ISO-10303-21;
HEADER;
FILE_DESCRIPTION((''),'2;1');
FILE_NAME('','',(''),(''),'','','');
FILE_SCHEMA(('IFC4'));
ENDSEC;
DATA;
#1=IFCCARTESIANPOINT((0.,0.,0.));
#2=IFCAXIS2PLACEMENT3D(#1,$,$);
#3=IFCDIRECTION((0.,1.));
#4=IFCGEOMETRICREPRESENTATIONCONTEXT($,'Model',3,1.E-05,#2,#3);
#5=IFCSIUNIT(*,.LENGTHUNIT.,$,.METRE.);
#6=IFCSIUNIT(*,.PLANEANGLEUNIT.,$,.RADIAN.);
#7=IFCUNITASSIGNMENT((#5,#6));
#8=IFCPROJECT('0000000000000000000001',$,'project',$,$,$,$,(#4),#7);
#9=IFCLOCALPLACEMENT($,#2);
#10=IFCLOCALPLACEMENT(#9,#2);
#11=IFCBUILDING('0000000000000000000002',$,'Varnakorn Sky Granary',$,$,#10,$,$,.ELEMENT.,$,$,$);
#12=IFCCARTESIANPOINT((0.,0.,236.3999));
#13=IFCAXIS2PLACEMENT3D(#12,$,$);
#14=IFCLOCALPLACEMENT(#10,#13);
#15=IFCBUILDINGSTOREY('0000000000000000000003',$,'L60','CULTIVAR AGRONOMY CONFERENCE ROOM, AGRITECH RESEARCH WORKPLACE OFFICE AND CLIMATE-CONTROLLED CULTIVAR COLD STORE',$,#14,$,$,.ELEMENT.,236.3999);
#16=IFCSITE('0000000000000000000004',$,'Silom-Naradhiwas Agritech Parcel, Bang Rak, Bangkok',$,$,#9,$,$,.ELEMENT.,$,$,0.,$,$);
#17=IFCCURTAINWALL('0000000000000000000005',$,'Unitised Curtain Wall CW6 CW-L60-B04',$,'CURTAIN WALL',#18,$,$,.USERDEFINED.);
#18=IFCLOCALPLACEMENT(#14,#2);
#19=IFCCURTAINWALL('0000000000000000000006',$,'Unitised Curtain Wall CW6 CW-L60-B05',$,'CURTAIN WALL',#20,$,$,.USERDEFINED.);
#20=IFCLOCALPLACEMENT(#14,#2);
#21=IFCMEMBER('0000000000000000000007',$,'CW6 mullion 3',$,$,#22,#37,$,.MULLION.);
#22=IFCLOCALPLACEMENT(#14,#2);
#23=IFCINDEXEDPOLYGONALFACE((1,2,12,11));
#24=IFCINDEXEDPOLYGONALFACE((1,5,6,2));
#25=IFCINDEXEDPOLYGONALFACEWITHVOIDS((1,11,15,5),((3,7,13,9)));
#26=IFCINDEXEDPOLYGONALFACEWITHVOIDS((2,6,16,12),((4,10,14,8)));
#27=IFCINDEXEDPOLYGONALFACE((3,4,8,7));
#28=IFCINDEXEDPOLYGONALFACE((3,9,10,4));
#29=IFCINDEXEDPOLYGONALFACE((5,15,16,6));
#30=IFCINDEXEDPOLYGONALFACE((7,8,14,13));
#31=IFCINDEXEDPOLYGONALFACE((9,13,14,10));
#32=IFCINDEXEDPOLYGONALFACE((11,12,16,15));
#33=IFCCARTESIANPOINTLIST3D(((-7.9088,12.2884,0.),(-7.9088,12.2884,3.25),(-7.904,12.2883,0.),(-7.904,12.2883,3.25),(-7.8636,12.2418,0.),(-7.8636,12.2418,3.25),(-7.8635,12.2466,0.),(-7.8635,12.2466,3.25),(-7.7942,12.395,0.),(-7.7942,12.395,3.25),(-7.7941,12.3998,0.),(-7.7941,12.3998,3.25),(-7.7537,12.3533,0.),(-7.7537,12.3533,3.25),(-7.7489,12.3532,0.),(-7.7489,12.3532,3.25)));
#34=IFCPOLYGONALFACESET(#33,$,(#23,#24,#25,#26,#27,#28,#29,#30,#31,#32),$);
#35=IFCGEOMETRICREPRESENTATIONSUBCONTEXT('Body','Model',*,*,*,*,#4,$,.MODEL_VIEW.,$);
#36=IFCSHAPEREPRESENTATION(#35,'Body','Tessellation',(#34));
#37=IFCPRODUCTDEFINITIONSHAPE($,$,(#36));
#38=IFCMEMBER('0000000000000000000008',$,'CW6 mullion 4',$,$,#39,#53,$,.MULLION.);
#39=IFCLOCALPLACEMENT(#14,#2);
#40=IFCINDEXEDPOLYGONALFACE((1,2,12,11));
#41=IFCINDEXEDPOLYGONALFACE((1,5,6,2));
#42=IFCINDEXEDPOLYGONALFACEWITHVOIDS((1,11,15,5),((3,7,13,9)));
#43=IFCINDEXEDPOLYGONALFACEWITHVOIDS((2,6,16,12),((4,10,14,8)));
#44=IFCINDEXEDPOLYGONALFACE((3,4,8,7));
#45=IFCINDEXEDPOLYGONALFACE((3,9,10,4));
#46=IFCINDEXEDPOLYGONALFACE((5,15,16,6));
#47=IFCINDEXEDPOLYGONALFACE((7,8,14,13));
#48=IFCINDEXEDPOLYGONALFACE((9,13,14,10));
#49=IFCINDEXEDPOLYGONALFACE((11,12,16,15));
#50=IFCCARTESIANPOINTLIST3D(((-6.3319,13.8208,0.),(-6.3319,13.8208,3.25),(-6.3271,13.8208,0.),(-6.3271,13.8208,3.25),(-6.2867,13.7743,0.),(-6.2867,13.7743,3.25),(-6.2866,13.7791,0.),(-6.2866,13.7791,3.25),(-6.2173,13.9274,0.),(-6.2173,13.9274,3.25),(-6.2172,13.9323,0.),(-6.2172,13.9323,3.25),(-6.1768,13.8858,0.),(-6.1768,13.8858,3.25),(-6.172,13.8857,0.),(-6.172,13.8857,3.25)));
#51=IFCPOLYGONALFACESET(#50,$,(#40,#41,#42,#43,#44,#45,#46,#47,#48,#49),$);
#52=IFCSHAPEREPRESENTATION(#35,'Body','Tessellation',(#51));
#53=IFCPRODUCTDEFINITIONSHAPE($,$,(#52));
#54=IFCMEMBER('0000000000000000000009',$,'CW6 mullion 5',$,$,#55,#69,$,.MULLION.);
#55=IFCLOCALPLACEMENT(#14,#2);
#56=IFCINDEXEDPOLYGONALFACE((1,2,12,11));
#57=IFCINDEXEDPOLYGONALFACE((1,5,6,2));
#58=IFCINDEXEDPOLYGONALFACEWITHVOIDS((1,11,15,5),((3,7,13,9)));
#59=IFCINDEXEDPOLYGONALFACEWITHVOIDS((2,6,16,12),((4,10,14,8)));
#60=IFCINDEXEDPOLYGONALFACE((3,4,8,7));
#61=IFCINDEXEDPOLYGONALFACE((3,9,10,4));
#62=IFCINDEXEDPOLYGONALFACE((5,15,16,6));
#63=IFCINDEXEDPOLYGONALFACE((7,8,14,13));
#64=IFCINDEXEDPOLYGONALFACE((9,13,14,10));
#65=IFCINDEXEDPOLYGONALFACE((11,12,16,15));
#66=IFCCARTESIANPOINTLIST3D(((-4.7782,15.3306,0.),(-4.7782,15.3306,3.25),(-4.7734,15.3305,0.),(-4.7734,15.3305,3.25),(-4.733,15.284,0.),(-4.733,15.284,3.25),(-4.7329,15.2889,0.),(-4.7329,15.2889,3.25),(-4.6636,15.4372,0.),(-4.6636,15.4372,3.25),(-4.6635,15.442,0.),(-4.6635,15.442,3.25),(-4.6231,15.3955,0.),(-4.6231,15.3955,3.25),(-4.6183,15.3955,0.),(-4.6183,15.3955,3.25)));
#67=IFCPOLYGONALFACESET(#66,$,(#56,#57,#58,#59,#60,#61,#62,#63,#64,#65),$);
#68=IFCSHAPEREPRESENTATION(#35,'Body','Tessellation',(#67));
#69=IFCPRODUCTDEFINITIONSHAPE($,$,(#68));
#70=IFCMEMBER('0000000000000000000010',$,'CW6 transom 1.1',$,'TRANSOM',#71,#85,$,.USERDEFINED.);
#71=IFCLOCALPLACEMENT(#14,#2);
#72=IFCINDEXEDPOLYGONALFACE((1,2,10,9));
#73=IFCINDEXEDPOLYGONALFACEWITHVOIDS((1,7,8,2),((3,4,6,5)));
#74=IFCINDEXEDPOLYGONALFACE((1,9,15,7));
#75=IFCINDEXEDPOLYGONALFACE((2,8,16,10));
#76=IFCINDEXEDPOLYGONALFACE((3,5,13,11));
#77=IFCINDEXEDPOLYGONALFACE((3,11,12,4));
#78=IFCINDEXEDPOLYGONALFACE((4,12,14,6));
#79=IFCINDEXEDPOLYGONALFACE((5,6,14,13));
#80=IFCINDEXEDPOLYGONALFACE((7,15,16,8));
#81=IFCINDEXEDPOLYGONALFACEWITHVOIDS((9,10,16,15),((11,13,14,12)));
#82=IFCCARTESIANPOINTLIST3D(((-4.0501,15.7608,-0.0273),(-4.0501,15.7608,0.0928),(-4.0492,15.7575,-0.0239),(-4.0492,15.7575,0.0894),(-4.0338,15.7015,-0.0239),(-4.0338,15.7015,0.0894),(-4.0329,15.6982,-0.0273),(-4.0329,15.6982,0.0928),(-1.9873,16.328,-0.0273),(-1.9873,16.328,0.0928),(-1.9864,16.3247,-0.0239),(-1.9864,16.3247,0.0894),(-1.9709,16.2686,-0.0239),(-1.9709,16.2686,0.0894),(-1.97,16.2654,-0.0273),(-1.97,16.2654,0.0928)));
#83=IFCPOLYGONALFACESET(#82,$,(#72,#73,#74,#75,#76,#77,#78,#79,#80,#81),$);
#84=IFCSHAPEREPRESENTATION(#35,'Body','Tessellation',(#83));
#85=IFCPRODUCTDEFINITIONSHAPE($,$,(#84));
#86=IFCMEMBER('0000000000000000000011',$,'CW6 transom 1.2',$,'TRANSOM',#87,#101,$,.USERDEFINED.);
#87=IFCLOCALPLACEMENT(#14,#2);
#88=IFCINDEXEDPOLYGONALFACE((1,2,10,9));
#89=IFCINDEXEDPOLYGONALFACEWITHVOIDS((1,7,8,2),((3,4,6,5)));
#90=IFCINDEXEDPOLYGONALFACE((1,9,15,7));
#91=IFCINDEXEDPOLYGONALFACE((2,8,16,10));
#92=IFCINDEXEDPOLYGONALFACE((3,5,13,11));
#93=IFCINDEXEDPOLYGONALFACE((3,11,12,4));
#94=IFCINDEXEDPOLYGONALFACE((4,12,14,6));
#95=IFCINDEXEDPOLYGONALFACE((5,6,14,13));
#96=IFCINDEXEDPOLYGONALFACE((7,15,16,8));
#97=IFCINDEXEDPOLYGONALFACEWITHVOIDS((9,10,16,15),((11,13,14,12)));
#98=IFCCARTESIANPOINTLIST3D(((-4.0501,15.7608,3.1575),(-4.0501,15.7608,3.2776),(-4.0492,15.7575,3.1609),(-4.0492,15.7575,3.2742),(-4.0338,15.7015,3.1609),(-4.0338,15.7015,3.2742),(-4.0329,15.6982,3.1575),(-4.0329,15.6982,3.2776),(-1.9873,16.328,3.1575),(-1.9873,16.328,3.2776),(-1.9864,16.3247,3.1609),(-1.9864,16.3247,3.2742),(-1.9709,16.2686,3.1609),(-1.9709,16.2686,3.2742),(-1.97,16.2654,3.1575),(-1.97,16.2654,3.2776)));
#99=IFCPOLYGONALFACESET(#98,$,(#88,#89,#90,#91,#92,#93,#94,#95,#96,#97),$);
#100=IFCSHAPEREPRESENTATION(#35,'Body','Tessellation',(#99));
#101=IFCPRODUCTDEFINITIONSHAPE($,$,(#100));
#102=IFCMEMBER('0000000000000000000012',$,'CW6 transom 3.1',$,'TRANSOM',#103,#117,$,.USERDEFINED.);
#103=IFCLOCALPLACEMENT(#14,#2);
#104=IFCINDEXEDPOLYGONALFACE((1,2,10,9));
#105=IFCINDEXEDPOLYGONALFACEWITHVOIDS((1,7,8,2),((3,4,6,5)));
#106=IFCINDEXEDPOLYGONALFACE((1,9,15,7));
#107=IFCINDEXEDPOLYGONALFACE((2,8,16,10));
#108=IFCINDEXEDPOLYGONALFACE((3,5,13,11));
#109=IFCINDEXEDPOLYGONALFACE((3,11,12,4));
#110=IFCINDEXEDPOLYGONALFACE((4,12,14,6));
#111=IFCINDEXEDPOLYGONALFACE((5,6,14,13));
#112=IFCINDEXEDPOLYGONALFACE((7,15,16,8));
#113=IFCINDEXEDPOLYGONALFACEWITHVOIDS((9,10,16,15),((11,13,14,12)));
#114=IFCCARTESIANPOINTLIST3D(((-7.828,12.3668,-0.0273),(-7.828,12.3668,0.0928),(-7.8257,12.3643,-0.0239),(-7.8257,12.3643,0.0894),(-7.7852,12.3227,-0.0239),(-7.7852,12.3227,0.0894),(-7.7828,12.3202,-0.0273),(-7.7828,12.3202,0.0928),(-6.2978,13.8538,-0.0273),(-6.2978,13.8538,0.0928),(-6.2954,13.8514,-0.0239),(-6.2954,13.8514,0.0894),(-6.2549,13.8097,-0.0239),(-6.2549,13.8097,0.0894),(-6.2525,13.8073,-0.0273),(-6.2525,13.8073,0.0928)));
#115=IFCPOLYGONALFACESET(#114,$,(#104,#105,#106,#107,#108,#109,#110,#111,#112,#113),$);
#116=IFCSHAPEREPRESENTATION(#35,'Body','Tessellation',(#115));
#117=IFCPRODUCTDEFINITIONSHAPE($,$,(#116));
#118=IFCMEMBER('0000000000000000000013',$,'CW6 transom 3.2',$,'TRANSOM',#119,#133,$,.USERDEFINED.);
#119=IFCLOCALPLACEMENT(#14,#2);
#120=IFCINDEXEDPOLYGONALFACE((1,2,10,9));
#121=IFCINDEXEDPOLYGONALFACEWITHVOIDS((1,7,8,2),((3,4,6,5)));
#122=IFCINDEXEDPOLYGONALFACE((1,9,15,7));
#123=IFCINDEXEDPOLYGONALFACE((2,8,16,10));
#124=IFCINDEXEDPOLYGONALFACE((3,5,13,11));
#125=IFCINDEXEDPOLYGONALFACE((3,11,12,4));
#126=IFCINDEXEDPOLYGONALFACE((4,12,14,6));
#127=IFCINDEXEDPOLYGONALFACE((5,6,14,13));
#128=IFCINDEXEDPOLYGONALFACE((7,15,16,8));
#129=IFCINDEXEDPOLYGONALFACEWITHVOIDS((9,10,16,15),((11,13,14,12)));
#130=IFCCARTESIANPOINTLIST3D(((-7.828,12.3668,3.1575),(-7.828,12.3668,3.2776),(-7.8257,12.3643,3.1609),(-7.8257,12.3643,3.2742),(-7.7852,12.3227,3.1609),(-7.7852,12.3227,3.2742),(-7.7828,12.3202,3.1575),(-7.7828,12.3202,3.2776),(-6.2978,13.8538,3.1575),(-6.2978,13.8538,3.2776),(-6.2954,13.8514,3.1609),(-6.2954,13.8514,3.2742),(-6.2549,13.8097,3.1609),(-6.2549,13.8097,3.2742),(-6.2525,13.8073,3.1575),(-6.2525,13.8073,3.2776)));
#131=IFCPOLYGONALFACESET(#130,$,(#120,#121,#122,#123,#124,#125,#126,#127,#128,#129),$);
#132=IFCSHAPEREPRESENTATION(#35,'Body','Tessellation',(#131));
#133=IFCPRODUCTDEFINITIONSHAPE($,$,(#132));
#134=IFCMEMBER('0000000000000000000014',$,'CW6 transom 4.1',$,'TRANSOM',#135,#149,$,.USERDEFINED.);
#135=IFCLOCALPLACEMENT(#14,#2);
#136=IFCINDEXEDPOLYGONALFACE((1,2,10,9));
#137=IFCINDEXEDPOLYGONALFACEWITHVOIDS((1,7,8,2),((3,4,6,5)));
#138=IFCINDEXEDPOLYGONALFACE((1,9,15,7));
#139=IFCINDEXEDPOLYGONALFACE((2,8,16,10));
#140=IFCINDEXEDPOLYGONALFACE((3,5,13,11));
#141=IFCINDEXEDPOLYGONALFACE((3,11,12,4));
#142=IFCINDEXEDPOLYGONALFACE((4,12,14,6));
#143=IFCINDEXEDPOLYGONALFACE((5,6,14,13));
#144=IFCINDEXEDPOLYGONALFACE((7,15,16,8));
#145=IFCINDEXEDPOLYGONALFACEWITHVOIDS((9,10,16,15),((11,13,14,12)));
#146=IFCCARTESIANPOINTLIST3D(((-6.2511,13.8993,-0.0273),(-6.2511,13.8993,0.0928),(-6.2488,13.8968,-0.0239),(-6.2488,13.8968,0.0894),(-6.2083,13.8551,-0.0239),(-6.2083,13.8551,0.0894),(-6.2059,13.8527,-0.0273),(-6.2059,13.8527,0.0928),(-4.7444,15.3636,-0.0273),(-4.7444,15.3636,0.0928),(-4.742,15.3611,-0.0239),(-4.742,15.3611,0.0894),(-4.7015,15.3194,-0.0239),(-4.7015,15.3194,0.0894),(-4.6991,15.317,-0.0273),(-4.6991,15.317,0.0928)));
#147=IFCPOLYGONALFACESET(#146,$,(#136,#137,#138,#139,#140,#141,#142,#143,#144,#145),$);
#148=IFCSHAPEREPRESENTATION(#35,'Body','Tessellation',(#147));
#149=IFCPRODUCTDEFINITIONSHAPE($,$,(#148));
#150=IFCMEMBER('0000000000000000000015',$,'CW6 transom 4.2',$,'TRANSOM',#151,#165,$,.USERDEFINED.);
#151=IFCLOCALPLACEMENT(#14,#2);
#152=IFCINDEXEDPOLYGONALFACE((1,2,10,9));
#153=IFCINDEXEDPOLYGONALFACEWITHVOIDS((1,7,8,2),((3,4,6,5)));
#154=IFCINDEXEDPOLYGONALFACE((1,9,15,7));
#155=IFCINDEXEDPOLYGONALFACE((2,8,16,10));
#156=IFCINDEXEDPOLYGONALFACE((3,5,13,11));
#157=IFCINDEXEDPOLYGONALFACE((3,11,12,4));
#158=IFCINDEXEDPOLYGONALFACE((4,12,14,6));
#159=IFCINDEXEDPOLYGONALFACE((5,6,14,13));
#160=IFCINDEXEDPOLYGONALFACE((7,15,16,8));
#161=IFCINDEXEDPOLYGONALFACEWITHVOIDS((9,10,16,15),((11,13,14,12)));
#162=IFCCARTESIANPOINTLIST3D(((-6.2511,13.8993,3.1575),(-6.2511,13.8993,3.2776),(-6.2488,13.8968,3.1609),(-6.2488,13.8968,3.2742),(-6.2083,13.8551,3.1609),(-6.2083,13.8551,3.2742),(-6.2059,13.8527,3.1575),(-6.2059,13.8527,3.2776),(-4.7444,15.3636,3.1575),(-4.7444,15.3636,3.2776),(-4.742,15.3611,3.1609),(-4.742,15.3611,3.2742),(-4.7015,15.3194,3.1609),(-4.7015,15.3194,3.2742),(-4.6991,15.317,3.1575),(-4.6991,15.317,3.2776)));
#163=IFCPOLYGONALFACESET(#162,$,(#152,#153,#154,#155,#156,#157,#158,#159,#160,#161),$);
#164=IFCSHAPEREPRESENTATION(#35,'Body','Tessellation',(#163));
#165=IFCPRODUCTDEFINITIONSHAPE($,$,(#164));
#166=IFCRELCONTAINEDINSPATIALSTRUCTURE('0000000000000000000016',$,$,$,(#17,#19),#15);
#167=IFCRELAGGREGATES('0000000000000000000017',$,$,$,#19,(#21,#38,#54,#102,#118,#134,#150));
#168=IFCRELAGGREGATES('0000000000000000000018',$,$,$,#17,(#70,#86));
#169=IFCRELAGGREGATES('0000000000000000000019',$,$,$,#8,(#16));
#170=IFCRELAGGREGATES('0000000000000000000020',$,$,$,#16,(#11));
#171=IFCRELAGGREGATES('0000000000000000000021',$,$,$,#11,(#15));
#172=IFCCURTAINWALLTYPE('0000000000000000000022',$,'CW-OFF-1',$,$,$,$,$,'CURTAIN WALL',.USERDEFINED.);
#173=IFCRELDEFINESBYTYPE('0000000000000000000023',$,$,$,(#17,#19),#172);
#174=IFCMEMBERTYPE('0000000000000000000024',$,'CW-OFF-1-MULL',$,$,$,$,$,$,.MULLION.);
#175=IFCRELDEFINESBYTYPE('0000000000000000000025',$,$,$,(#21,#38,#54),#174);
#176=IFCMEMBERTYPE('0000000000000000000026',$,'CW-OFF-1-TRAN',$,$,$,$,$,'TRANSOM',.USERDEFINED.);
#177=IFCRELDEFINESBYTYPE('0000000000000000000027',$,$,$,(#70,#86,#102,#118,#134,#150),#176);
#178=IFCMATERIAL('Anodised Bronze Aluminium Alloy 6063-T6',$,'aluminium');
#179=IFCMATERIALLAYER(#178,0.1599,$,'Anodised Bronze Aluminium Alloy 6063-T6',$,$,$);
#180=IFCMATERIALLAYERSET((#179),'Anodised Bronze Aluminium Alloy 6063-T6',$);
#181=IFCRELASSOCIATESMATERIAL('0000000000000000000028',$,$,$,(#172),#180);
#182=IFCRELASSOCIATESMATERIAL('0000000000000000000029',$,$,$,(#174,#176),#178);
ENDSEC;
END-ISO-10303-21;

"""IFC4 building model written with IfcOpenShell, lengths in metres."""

from ifc_helpers import new_model, si_unit, direction, frame, origin, origin_2d, place, context, subcontext, project, spatial, hollow_rectangle, extrude, material, layer, layer_set, material_profile, profile_set, type_object, element, aggregate, save


model = new_model("IFC4")

# Units and contexts
model_context = context("Model", 3, precision=1e-05, world=origin(), true_north=direction((0.0, 1.0)))
body_context = subcontext(model_context, "Body", "Model", "MODEL_VIEW")
ifc_project = project(units=[si_unit("LENGTHUNIT", "METRE"), si_unit("PLANEANGLEUNIT", "RADIAN")], contexts=[model_context])

# Site, building, storey
site_placement = place(None, origin())
site = spatial("IfcSite", under=ifc_project, at=site_placement, Name="Silom-Naradhiwas Agritech Parcel, Bang Rak, Bangkok", CompositionType="ELEMENT", RefElevation=0.0)
building_placement = place(site_placement, origin())
building = spatial("IfcBuilding", under=site, at=building_placement, Name="Varnakorn Sky Granary", CompositionType="ELEMENT")
storey_placement = place(building_placement, frame((0.0, 0.0, 236.3999)))
storey = spatial("IfcBuildingStorey", under=building, at=storey_placement, Name="L60", Description="CULTIVAR AGRONOMY CONFERENCE ROOM, AGRITECH RESEARCH WORKPLACE OFFICE AND CLIMATE-CONTROLLED CULTIVAR COLD STORE", CompositionType="ELEMENT", Elevation=236.3999)

# Curtain wall
ifc_material_1 = material(Name="Anodised Bronze Aluminium Alloy 6063-T6", Category="aluminium")
ifc_layer_1 = layer(ifc_material_1, 0.1599, Name="Anodised Bronze Aluminium Alloy 6063-T6")
ifc_layer_set_1 = layer_set([ifc_layer_1], Name="Anodised Bronze Aluminium Alloy 6063-T6")
curtain_wall_type = type_object("IfcCurtainWallType", Name="CW-OFF-1", ElementType="CURTAIN WALL", PredefinedType="USERDEFINED", material=ifc_layer_set_1)
curtain_wall_1_placement = place(storey_placement, origin())
curtain_wall_1 = element("IfcCurtainWall", 1, at=curtain_wall_1_placement, inside=storey, type_object=curtain_wall_type, Name="Unitised Curtain Wall CW6 CW-L60-B04", ObjectType="CURTAIN WALL", PredefinedType="USERDEFINED")
ifc_material_profile_1 = material_profile(ifc_material_1, hollow_rectangle(XDim=0.0649, YDim=0.1599, WallThickness=0.0034, at=origin_2d()), Name="ALU MULL 65x160")
ifc_profile_set_1 = profile_set([ifc_material_profile_1], Name="Anodised Bronze Aluminium Alloy 6063-T6")
member_type_1 = type_object("IfcMemberType", Name="CW-OFF-1-MULL", PredefinedType="MULLION", material=ifc_profile_set_1)

# Curtain wall, members
curtain_wall_2_placement = place(storey_placement, origin())
curtain_wall_2 = element("IfcCurtainWall", 2, at=curtain_wall_2_placement, inside=storey, type_object=curtain_wall_type, Name="Unitised Curtain Wall CW6 CW-L60-B05", ObjectType="CURTAIN WALL", PredefinedType="USERDEFINED")
member_1_placement = place(storey_placement, frame((-7.8289, 12.3208, 0.0), z_axis=(0.0, 0.0, 1.0), x_axis=(-0.696915, 0.717154, 0.0)))
member_1 = element("IfcMember", 3, at=member_1_placement, type_object=member_type_1, Name="CW6 mullion 3", PredefinedType="MULLION", context=body_context, shape_type="SweptSolid", body=[
    extrude(hollow_rectangle(XDim=0.0649, YDim=0.1599, WallThickness=0.0034, at=origin_2d()), origin(), (0.0, 0.0, 1.0), 3.25),
])
member_2_placement = place(storey_placement, frame((-6.252, 13.8533, 0.0), z_axis=(0.0, 0.0, 1.0), x_axis=(-0.696915, 0.717154, 0.0)))
member_2 = element("IfcMember", 4, at=member_2_placement, type_object=member_type_1, Name="CW6 mullion 4", PredefinedType="MULLION", context=body_context, shape_type="SweptSolid", body=[
    extrude(hollow_rectangle(XDim=0.0649, YDim=0.1599, WallThickness=0.0034, at=origin_2d()), origin(), (0.0, 0.0, 1.0), 3.25),
])
member_3_placement = place(storey_placement, frame((-4.6982, 15.363, 0.0), z_axis=(0.0, 0.0, 1.0), x_axis=(-0.696915, 0.717154, 0.0)))
member_3 = element("IfcMember", 5, at=member_3_placement, type_object=member_type_1, Name="CW6 mullion 5", PredefinedType="MULLION", context=body_context, shape_type="SweptSolid", body=[
    extrude(hollow_rectangle(XDim=0.0649, YDim=0.1599, WallThickness=0.0034, at=origin_2d()), origin(), (0.0, 0.0, 1.0), 3.25),
])

# Members
ifc_material_profile_2 = material_profile(ifc_material_1, hollow_rectangle(XDim=0.0649, YDim=0.1201, WallThickness=0.0034, at=origin_2d()), Name="ALU TRAN 65x120")
ifc_profile_set_2 = profile_set([ifc_material_profile_2], Name="Anodised Bronze Aluminium Alloy 6063-T6")
member_type_2 = type_object("IfcMemberType", Name="CW-OFF-1-TRAN", ElementType="TRANSOM", PredefinedType="USERDEFINED", material=ifc_profile_set_2)
member_4_placement = place(storey_placement, frame((-4.0415, 15.7295, 0.0327), z_axis=(0.964219, 0.265106, 0.0), x_axis=(-0.265106, 0.964219, 0.0)))
member_4 = element("IfcMember", 6, at=member_4_placement, type_object=member_type_2, Name="CW6 transom 1.1", ObjectType="TRANSOM", PredefinedType="USERDEFINED", context=body_context, shape_type="SweptSolid", body=[
    extrude(hollow_rectangle(XDim=0.0649, YDim=0.1201, WallThickness=0.0034, at=origin_2d()), origin(), (0.0, 0.0, 1.0), 2.1394),
])
member_5_placement = place(storey_placement, frame((-4.0415, 15.7295, 3.2175), z_axis=(0.964219, 0.265106, 0.0), x_axis=(-0.265106, 0.964219, 0.0)))
member_5 = element("IfcMember", 7, at=member_5_placement, type_object=member_type_2, Name="CW6 transom 1.2", ObjectType="TRANSOM", PredefinedType="USERDEFINED", context=body_context, shape_type="SweptSolid", body=[
    extrude(hollow_rectangle(XDim=0.0649, YDim=0.1201, WallThickness=0.0034, at=origin_2d()), origin(), (0.0, 0.0, 1.0), 2.1394),
])
member_6_placement = place(storey_placement, frame((-7.8054, 12.3435, 0.0327), z_axis=(0.71716, 0.696908, 0.0), x_axis=(-0.696908, 0.71716, 0.0)))
member_6 = element("IfcMember", 8, at=member_6_placement, type_object=member_type_2, Name="CW6 transom 3.1", ObjectType="TRANSOM", PredefinedType="USERDEFINED", context=body_context, shape_type="SweptSolid", body=[
    extrude(hollow_rectangle(XDim=0.0649, YDim=0.1201, WallThickness=0.0034, at=origin_2d()), origin(), (0.0, 0.0, 1.0), 2.1338),
])
member_7_placement = place(storey_placement, frame((-7.8054, 12.3435, 3.2175), z_axis=(0.71716, 0.696908, 0.0), x_axis=(-0.696908, 0.71716, 0.0)))
member_7 = element("IfcMember", 9, at=member_7_placement, type_object=member_type_2, Name="CW6 transom 3.2", ObjectType="TRANSOM", PredefinedType="USERDEFINED", context=body_context, shape_type="SweptSolid", body=[
    extrude(hollow_rectangle(XDim=0.0649, YDim=0.1201, WallThickness=0.0034, at=origin_2d()), origin(), (0.0, 0.0, 1.0), 2.1338),
])
member_8_placement = place(storey_placement, frame((-6.2285, 13.876, 0.0327), z_axis=(0.717143, 0.696926, 0.0), x_axis=(-0.696926, 0.717143, 0.0)))
member_8 = element("IfcMember", 10, at=member_8_placement, type_object=member_type_2, Name="CW6 transom 4.1", ObjectType="TRANSOM", PredefinedType="USERDEFINED", context=body_context, shape_type="SweptSolid", body=[
    extrude(hollow_rectangle(XDim=0.0649, YDim=0.1201, WallThickness=0.0034, at=origin_2d()), origin(), (0.0, 0.0, 1.0), 2.1011),
])
member_9_placement = place(storey_placement, frame((-6.2285, 13.876, 3.2175), z_axis=(0.717143, 0.696926, 0.0), x_axis=(-0.696926, 0.717143, 0.0)))
member_9 = element("IfcMember", 11, at=member_9_placement, type_object=member_type_2, Name="CW6 transom 4.2", ObjectType="TRANSOM", PredefinedType="USERDEFINED", context=body_context, shape_type="SweptSolid", body=[
    extrude(hollow_rectangle(XDim=0.0649, YDim=0.1201, WallThickness=0.0034, at=origin_2d()), origin(), (0.0, 0.0, 1.0), 2.1011),
])

aggregate(curtain_wall_2, [member_1, member_2, member_3, member_6, member_7, member_8, member_9])
aggregate(curtain_wall_1, [member_4, member_5])

save(model, "model.ifc")
